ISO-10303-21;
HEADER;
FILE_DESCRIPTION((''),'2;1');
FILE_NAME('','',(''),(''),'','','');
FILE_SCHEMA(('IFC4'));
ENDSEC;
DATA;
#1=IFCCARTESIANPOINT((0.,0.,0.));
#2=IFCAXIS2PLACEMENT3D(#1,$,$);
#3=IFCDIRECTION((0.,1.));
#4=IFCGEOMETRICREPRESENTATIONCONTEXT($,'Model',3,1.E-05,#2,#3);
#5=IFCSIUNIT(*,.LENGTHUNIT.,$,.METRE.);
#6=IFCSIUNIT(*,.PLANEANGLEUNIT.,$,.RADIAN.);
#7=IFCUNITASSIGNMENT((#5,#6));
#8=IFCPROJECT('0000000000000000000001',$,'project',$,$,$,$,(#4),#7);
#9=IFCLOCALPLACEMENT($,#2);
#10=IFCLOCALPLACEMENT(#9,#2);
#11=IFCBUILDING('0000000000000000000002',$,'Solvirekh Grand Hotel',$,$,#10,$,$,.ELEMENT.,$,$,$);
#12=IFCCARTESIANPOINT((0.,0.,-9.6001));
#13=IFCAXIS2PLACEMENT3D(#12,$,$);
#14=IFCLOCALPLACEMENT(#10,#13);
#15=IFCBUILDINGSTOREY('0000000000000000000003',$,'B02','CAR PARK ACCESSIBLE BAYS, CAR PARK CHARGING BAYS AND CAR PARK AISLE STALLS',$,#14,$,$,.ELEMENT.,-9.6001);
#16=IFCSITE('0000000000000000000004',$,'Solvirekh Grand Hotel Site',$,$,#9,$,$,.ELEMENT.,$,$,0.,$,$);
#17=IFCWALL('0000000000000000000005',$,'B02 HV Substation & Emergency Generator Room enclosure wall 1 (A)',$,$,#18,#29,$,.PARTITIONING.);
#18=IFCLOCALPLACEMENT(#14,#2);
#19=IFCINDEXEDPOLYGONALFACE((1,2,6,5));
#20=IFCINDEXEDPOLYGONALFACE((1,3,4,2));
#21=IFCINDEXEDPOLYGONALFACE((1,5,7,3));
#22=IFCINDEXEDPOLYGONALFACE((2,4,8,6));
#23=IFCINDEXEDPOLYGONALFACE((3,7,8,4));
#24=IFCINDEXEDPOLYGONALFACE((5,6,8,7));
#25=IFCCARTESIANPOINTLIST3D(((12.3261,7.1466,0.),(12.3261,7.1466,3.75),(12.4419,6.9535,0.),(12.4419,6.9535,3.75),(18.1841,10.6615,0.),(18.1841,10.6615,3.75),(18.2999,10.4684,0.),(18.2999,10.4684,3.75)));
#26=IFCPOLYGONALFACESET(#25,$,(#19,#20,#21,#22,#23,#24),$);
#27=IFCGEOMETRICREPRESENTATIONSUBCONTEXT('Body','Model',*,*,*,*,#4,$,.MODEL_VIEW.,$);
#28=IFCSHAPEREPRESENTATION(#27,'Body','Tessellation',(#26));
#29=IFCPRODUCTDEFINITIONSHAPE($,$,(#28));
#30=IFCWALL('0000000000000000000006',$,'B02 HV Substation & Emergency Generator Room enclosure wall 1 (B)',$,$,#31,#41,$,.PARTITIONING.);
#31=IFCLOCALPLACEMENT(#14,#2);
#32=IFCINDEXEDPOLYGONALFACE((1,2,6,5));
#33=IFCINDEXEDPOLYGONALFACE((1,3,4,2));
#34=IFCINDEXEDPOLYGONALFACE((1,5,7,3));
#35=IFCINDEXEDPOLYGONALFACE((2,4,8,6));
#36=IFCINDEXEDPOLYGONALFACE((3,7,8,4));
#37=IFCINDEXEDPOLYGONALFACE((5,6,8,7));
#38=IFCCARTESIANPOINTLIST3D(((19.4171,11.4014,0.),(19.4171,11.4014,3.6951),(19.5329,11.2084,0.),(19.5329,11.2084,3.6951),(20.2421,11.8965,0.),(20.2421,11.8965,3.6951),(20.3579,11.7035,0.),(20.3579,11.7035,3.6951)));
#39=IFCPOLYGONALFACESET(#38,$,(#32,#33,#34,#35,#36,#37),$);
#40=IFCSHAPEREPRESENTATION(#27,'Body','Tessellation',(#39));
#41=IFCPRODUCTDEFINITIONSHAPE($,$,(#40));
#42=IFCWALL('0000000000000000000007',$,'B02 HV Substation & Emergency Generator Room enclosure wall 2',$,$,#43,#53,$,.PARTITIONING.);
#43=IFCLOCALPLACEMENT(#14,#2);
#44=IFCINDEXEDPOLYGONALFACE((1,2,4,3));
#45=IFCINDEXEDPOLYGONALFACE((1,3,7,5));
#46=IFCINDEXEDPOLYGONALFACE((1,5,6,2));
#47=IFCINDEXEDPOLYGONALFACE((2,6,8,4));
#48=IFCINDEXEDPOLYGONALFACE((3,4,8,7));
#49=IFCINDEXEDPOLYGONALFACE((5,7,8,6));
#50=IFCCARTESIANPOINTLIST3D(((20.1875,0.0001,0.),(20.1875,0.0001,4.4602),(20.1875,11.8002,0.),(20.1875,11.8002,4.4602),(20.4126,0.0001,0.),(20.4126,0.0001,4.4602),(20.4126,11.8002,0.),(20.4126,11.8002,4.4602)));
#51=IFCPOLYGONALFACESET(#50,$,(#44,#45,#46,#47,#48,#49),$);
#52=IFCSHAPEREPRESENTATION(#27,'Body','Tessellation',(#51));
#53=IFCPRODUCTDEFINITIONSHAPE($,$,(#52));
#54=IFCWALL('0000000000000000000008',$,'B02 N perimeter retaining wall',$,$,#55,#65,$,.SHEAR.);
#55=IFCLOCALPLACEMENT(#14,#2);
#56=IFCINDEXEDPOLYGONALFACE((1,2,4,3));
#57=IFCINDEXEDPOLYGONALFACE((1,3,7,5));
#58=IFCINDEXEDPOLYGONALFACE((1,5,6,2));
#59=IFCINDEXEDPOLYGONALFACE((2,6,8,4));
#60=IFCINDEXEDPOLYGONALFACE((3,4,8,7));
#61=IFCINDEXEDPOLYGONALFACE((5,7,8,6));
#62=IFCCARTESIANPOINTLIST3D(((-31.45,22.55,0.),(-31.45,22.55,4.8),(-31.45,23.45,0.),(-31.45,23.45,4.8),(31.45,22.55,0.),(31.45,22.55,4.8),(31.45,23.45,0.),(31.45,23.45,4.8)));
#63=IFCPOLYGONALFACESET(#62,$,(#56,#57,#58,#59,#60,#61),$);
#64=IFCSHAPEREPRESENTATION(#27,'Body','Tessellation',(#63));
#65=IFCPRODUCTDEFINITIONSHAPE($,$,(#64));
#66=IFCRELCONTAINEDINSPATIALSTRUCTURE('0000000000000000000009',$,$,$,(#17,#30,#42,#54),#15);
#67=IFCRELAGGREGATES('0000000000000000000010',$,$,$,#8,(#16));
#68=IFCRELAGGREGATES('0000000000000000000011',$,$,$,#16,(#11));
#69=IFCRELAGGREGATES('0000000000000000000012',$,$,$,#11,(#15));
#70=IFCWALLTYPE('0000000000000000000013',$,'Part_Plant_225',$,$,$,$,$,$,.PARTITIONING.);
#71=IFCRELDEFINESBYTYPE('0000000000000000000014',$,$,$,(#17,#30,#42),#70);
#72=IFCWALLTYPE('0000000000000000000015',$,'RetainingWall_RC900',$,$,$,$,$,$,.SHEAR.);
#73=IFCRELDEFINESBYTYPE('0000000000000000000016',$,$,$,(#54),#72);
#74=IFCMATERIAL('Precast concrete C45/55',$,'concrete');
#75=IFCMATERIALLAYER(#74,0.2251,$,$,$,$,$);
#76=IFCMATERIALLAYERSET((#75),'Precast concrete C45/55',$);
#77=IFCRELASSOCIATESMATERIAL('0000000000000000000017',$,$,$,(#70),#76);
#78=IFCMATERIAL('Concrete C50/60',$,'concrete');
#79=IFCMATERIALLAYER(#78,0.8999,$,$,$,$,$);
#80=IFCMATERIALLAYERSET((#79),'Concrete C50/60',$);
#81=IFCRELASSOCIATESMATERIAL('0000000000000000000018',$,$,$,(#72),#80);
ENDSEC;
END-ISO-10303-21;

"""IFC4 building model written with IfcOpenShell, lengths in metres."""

from ifc_helpers import new_model, si_unit, direction, frame, frame_2d, origin, place, context, subcontext, project, spatial, rectangle, extrude, material, layer, layer_set, type_object, element, save


model = new_model("IFC4")

# Units and contexts
model_context = context("Model", 3, precision=1e-05, world=origin(), true_north=direction((0.0, 1.0)))
body_context = subcontext(model_context, "Body", "Model", "MODEL_VIEW")
ifc_project = project(units=[si_unit("LENGTHUNIT", "METRE"), si_unit("PLANEANGLEUNIT", "RADIAN")], contexts=[model_context])

# Site, building, storey
site_placement = place(None, origin())
site = spatial("IfcSite", under=ifc_project, at=site_placement, Name="Solvirekh Grand Hotel Site", CompositionType="ELEMENT", RefElevation=0.0)
building_placement = place(site_placement, origin())
building = spatial("IfcBuilding", under=site, at=building_placement, Name="Solvirekh Grand Hotel", CompositionType="ELEMENT")
storey_placement = place(building_placement, frame((0.0, 0.0, -9.6001)))
storey = spatial("IfcBuildingStorey", under=building, at=storey_placement, Name="B02", Description="CAR PARK ACCESSIBLE BAYS, CAR PARK CHARGING BAYS AND CAR PARK AISLE STALLS", CompositionType="ELEMENT", Elevation=-9.6001)

# Shared definitions
ifc_material_1 = material(Name="Concrete C50/60", Category="concrete")

# Shared definitions
ifc_material_2 = material(Name="Precast concrete C45/55", Category="concrete")
ifc_layer_1 = layer(ifc_material_2, 0.2251)
ifc_layer_set_1 = layer_set([ifc_layer_1], Name="Precast concrete C45/55")
wall_type_1 = type_object("IfcWallType", Name="Part_Plant_225", PredefinedType="PARTITIONING", material=ifc_layer_set_1)

# Walls
wall_1_placement = place(storey_placement, frame((12.384, 7.05, 0.0), z_axis=(0.0, 0.0, 1.0), x_axis=(0.857483, 0.514512, 0.0)))
element("IfcWall", 1, at=wall_1_placement, inside=storey, type_object=wall_type_1, Name="B02 HV Substation & Emergency Generator Room enclosure wall 1 (A)", PredefinedType="PARTITIONING", context=body_context, shape_type="SweptSolid", body=[
    extrude(rectangle(XDim=6.8315, YDim=0.2251, at=frame_2d((3.4158, 0.0))), origin(), (0.0, 0.0, 1.0), 3.75),
])
wall_2_placement = place(storey_placement, frame((19.4751, 11.3049, 0.0), z_axis=(0.0, 0.0, 1.0), x_axis=(0.857426, 0.514608, 0.0)))
element("IfcWall", 2, at=wall_2_placement, inside=storey, type_object=wall_type_1, Name="B02 HV Substation & Emergency Generator Room enclosure wall 1 (B)", PredefinedType="PARTITIONING", context=body_context, shape_type="SweptSolid", body=[
    extrude(rectangle(XDim=0.9622, YDim=0.2251, at=frame_2d((0.481, 0.0))), origin(), (0.0, 0.0, 1.0), 3.6951),
])
wall_3_placement = place(storey_placement, frame((20.3, 11.8, 0.0), z_axis=(0.0, 0.0, 1.0), x_axis=(0.0, -1.0, 0.0)))
element("IfcWall", 3, at=wall_3_placement, inside=storey, type_object=wall_type_1, Name="B02 HV Substation & Emergency Generator Room enclosure wall 2", PredefinedType="PARTITIONING", context=body_context, shape_type="SweptSolid", body=[
    extrude(rectangle(XDim=11.8, YDim=0.2251, at=frame_2d((5.8999, 0.0))), origin(), (0.0, 0.0, 1.0), 4.4602),
])
ifc_layer_2 = layer(ifc_material_1, 0.8999)
ifc_layer_set_2 = layer_set([ifc_layer_2], Name="Concrete C50/60")
wall_type_2 = type_object("IfcWallType", Name="RetainingWall_RC900", PredefinedType="SHEAR", material=ifc_layer_set_2)
wall_4_placement = place(storey_placement, frame((31.45, 23.0, 0.0), z_axis=(0.0, 0.0, 1.0), x_axis=(-1.0, 0.0, 0.0)))
element("IfcWall", 4, at=wall_4_placement, inside=storey, type_object=wall_type_2, Name="B02 N perimeter retaining wall", PredefinedType="SHEAR", context=body_context, shape_type="SweptSolid", body=[
    extrude(rectangle(XDim=62.8999, YDim=0.8999, at=frame_2d((31.45, 0.0))), origin(), (0.0, 0.0, 1.0), 4.8),
])

save(model, "model.ifc")
